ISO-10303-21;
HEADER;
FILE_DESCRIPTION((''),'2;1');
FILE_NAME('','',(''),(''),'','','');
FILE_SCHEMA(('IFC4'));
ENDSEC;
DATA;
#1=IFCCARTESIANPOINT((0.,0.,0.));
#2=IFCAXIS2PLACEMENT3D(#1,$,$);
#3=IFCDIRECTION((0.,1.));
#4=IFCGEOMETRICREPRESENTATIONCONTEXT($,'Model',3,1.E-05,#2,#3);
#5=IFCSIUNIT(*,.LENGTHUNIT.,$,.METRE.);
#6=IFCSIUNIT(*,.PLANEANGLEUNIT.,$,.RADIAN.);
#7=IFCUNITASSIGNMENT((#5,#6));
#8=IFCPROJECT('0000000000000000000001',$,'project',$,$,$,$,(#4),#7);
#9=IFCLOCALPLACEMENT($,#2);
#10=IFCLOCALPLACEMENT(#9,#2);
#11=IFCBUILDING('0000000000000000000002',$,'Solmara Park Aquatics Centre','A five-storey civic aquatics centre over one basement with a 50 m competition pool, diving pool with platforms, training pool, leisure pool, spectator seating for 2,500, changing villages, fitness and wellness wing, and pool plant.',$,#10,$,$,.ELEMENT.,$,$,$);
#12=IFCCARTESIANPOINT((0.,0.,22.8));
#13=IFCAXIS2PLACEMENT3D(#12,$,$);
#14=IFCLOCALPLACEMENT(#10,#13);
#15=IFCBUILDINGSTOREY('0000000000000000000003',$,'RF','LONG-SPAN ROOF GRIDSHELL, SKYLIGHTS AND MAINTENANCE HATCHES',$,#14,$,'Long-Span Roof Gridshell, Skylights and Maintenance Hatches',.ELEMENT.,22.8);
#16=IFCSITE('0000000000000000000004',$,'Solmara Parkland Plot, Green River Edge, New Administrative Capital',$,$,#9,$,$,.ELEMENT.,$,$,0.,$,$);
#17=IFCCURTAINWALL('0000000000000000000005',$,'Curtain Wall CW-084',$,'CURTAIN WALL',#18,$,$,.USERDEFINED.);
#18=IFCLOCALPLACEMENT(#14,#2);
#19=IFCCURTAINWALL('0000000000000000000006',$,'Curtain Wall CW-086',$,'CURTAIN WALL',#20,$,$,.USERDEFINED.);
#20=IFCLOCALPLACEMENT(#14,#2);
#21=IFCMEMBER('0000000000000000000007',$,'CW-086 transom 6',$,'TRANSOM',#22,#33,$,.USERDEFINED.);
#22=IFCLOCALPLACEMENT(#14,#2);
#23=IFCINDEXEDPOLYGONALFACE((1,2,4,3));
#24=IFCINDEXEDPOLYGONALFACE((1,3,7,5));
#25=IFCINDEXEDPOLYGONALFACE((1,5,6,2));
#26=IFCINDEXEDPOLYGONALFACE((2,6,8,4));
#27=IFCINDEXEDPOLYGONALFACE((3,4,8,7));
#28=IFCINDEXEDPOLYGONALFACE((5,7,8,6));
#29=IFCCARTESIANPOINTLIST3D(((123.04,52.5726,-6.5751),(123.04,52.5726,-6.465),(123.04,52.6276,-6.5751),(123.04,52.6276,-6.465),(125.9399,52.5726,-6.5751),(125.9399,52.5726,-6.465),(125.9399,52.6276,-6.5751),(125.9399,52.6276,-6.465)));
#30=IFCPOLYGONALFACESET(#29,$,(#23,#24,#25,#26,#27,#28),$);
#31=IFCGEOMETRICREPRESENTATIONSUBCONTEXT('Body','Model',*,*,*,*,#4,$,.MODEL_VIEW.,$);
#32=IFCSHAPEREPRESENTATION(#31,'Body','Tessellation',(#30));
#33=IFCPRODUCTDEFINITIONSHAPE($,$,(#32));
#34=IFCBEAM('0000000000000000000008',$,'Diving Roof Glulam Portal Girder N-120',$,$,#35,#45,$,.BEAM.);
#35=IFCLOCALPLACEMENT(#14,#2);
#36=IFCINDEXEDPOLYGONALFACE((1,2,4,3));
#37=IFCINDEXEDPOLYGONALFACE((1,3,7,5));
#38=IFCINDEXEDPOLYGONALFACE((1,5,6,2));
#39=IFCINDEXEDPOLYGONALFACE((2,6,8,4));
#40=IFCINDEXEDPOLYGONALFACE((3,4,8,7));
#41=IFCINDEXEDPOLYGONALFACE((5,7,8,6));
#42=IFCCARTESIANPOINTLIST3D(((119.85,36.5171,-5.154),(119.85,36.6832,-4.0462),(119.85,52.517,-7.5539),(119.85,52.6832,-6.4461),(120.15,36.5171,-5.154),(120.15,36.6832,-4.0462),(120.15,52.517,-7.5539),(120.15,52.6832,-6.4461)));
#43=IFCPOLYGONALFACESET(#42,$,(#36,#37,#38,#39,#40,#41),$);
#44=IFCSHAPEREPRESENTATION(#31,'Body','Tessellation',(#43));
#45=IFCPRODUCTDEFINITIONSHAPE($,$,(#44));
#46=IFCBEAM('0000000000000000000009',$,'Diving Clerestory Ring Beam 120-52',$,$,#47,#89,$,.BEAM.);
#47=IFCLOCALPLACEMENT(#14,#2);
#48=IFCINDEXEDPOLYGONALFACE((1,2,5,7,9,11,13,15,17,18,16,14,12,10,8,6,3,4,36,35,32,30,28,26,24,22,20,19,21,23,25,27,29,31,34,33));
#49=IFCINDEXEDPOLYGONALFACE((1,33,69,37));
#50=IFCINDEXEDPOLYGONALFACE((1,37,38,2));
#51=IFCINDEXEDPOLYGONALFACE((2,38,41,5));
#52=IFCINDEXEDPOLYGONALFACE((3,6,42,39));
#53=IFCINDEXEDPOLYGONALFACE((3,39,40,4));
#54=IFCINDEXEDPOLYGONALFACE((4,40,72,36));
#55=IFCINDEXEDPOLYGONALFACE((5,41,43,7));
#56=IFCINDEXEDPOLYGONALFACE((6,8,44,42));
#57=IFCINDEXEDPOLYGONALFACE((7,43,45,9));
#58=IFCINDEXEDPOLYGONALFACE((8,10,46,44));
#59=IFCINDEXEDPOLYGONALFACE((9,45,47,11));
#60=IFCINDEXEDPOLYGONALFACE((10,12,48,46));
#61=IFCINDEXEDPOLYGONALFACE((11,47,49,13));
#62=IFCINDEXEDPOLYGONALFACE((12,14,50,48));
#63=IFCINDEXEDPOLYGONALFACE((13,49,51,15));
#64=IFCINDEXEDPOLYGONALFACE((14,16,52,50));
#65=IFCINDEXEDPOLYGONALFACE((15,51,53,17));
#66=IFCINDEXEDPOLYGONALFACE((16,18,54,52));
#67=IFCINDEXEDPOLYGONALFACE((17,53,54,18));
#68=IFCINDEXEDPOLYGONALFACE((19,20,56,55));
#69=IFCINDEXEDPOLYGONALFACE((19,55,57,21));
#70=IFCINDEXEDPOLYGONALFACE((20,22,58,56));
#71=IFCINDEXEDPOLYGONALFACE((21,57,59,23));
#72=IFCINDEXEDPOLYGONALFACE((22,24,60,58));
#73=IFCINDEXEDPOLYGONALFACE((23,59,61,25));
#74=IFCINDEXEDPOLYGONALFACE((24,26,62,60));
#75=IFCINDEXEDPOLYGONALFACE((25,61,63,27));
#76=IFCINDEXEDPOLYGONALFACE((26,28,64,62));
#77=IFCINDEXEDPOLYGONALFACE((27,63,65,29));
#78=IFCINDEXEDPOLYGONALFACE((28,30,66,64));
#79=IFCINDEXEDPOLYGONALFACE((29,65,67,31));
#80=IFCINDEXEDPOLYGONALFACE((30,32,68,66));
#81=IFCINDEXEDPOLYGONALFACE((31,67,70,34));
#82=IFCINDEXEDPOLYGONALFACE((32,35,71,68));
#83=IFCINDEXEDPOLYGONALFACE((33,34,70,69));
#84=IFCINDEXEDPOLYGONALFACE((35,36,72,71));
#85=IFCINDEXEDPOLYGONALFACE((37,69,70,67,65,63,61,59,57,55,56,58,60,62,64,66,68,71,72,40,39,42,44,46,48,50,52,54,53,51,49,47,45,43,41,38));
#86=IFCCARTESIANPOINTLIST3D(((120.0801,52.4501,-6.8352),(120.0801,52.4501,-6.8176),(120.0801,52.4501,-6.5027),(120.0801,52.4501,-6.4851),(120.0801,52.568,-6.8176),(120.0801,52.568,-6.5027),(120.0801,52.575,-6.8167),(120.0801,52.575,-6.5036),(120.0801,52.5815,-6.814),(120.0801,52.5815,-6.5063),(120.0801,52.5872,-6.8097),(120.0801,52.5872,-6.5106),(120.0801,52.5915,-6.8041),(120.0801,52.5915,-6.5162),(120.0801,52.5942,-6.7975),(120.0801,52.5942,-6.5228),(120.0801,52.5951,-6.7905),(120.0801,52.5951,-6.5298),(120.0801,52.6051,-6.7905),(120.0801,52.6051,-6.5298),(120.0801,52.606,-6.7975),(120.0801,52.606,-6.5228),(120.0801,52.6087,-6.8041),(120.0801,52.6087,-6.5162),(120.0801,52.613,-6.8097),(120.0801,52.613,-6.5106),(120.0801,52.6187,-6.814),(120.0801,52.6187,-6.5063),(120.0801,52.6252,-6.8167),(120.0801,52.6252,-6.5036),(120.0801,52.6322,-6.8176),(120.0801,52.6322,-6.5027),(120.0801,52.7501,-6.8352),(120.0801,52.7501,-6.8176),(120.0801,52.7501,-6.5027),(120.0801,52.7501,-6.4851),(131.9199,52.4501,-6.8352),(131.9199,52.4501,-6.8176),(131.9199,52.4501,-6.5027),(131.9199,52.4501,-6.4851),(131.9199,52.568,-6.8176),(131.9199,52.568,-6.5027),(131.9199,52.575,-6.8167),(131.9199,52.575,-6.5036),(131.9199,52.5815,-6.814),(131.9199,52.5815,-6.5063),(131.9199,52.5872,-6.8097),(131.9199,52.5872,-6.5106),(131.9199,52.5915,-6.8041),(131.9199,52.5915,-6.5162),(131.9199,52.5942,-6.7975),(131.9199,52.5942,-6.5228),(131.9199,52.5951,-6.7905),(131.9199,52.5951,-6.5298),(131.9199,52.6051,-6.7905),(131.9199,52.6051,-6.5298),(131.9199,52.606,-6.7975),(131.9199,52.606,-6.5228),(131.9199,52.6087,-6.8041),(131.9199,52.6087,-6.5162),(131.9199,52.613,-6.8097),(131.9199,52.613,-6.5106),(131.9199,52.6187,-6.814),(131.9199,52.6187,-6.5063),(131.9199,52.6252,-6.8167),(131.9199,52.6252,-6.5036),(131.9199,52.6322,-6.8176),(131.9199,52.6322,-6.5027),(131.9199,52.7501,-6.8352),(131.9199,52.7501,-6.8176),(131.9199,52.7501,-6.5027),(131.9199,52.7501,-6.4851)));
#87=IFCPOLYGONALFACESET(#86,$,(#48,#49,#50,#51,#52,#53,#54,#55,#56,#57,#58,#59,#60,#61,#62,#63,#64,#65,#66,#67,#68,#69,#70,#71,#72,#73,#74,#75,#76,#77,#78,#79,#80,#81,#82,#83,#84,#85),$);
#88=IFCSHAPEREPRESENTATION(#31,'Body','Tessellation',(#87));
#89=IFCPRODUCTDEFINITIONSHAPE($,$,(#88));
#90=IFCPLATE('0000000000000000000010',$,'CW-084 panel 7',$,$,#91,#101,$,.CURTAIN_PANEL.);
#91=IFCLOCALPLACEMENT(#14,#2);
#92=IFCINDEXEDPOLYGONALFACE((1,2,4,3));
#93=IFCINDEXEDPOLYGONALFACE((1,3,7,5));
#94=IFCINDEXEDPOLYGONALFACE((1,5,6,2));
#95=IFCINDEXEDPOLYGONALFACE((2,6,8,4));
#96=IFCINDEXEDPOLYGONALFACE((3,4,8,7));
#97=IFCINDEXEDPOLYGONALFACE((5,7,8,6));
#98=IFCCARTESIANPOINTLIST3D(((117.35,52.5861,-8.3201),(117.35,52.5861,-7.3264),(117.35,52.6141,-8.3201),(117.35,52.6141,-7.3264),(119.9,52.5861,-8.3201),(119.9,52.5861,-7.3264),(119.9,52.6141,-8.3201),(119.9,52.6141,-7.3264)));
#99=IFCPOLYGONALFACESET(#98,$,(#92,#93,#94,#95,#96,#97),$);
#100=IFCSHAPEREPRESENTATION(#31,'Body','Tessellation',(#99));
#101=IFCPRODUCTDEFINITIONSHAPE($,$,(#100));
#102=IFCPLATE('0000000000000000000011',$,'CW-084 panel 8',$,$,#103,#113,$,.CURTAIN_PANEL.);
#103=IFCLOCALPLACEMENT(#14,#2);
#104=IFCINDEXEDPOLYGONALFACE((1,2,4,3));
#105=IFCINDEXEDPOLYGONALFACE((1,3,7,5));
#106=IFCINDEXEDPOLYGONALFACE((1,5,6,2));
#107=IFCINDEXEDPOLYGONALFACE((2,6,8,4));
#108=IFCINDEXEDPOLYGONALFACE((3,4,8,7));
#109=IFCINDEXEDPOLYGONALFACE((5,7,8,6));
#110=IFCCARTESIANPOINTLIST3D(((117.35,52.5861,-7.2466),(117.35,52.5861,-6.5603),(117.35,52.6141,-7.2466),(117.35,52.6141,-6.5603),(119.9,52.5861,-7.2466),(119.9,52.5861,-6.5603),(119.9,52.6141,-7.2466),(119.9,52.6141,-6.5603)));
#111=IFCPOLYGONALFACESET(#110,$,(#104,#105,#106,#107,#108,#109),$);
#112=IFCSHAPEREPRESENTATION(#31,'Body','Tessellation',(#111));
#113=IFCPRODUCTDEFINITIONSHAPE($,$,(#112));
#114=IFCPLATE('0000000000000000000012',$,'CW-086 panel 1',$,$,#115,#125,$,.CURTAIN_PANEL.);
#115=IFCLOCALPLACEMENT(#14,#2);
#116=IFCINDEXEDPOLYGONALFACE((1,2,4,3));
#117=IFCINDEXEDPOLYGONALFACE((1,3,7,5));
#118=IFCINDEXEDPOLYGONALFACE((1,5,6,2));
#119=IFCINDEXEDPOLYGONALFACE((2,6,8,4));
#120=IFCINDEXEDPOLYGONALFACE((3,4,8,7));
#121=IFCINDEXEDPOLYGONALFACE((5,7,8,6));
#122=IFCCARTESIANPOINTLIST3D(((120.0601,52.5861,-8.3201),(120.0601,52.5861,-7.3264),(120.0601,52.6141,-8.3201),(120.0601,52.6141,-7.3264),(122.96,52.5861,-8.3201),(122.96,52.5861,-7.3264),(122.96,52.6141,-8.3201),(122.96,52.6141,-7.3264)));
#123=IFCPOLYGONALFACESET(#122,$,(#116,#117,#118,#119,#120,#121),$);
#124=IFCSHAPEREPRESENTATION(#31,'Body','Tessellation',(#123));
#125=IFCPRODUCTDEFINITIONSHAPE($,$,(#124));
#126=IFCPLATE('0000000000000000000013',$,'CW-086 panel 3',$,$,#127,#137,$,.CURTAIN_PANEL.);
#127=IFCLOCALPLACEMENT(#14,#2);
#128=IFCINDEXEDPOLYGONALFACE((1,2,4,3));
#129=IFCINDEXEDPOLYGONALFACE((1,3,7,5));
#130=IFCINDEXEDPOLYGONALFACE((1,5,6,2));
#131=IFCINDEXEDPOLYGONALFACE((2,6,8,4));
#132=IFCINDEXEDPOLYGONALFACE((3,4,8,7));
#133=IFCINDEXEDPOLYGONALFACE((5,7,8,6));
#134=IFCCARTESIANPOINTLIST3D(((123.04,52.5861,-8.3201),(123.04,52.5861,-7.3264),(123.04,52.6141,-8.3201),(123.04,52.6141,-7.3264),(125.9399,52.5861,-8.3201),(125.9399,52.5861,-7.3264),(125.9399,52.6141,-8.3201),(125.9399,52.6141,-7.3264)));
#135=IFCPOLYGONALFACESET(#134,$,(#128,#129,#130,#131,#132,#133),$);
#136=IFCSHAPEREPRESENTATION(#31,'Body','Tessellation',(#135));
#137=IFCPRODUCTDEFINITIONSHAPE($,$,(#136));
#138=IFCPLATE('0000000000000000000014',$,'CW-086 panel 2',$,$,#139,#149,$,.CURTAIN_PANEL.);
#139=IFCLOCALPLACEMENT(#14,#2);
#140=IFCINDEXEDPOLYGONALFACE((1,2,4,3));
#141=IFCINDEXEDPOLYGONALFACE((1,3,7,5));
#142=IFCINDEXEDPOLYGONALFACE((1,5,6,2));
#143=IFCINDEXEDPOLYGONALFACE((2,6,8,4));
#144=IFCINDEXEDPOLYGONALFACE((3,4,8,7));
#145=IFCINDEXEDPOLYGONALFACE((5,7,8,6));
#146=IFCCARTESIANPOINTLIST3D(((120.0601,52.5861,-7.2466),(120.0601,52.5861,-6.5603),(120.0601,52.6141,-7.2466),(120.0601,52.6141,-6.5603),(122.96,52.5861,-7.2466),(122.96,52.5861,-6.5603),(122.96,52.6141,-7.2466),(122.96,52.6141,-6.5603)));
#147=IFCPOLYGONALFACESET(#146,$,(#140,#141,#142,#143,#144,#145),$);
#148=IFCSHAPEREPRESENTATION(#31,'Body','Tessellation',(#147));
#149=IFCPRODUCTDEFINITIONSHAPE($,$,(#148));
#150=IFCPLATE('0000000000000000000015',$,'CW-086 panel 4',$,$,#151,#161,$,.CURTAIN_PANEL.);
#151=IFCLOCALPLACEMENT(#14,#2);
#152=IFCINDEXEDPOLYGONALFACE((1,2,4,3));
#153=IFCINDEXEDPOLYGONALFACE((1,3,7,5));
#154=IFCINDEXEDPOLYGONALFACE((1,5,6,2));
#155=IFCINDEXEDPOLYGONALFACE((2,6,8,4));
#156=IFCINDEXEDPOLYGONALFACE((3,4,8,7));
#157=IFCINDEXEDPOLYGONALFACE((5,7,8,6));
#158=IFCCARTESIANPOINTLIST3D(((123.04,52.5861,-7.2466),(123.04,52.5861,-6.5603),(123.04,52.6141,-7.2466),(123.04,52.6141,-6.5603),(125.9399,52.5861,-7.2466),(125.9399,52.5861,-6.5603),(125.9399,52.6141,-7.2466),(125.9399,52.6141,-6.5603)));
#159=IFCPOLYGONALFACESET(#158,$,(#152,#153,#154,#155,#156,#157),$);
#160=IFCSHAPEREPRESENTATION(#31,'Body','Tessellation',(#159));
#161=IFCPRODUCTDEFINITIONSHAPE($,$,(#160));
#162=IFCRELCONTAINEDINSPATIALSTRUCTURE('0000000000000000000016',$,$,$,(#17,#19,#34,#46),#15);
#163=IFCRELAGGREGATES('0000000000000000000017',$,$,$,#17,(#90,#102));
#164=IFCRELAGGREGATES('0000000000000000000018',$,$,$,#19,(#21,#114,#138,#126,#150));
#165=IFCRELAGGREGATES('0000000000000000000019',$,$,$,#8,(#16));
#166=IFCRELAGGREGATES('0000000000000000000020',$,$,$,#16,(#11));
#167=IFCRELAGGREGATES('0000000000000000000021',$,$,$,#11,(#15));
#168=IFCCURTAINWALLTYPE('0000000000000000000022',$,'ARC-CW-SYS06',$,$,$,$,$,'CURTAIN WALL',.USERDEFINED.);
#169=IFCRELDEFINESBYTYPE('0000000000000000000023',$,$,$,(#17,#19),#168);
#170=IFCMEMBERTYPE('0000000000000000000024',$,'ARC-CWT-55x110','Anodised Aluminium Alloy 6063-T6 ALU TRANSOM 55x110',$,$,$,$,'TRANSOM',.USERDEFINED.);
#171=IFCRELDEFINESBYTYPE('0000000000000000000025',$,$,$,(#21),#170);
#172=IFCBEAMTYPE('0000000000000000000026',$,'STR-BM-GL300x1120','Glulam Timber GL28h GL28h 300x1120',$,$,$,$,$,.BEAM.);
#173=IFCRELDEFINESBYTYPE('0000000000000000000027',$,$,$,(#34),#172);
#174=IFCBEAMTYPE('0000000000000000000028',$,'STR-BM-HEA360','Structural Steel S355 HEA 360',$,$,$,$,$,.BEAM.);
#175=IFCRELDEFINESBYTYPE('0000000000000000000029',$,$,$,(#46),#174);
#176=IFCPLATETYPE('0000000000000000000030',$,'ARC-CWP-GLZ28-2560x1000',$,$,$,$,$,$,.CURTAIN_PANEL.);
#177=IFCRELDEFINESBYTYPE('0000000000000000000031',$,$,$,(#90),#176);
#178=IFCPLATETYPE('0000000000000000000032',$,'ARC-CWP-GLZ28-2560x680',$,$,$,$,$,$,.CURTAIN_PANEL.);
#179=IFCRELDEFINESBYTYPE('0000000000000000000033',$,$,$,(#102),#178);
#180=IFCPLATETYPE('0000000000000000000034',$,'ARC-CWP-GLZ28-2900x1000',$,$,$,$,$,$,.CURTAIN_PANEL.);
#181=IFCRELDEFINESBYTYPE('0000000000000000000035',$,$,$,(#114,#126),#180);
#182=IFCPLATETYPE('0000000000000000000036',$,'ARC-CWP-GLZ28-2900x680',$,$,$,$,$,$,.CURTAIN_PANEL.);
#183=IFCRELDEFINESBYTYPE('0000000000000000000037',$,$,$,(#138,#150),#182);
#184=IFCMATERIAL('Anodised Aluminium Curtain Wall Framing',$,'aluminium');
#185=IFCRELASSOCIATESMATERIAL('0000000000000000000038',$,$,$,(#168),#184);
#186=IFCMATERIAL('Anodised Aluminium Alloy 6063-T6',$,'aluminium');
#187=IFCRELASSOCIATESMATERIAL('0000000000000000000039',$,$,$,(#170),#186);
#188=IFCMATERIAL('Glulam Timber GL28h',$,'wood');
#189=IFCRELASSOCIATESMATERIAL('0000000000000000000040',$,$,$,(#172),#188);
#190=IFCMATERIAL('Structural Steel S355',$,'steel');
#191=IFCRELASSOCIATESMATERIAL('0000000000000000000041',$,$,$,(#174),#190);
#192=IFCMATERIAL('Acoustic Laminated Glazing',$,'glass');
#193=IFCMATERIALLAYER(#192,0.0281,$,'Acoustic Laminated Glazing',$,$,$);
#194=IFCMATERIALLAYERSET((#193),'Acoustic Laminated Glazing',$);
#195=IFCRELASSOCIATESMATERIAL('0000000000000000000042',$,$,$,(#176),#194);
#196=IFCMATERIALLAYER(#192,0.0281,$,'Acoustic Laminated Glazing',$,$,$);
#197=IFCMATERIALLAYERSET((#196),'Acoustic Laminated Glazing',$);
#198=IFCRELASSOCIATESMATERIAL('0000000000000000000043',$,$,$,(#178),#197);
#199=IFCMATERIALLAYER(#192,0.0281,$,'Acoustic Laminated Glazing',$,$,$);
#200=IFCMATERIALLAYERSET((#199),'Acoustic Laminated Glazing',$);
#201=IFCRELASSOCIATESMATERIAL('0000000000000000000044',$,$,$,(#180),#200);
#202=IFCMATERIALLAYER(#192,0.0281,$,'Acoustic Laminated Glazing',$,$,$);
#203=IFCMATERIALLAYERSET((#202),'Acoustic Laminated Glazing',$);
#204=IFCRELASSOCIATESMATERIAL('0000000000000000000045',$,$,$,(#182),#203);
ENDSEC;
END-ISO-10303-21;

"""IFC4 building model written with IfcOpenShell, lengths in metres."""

from ifc_helpers import new_model, si_unit, direction, frame, origin, origin_2d, place, context, subcontext, project, spatial, rectangle, i_section, extrude, material, layer, layer_set, material_profile, profile_set, type_object, element, aggregate, save


model = new_model("IFC4")

# Units and contexts
model_context = context("Model", 3, precision=1e-05, world=origin(), true_north=direction((0.0, 1.0)))
body_context = subcontext(model_context, "Body", "Model", "MODEL_VIEW")
ifc_project = project(units=[si_unit("LENGTHUNIT", "METRE"), si_unit("PLANEANGLEUNIT", "RADIAN")], contexts=[model_context])

# Site, building, storey
site_placement = place(None, origin())
site = spatial("IfcSite", under=ifc_project, at=site_placement, Name="Solmara Parkland Plot, Green River Edge, New Administrative Capital", CompositionType="ELEMENT", RefElevation=0.0)
building_placement = place(site_placement, origin())
building = spatial("IfcBuilding", under=site, at=building_placement, Name="Solmara Park Aquatics Centre", Description="A five-storey civic aquatics centre over one basement with a 50 m competition pool, diving pool with platforms, training pool, leisure pool, spectator seating for 2,500, changing villages, fitness and wellness wing, and pool plant.", CompositionType="ELEMENT")
storey_placement = place(building_placement, frame((0.0, 0.0, 22.8)))
storey = spatial("IfcBuildingStorey", under=building, at=storey_placement, Name="RF", Description="LONG-SPAN ROOF GRIDSHELL, SKYLIGHTS AND MAINTENANCE HATCHES", LongName="Long-Span Roof Gridshell, Skylights and Maintenance Hatches", CompositionType="ELEMENT", Elevation=22.8)

# Shared definitions
ifc_material_1 = material(Name="Structural Steel S355", Category="steel")

# Curtain wall
ifc_material_2 = material(Name="Anodised Aluminium Curtain Wall Framing", Category="aluminium")
curtain_wall_type = type_object("IfcCurtainWallType", Name="ARC-CW-SYS06", ElementType="CURTAIN WALL", PredefinedType="USERDEFINED", material=ifc_material_2)
curtain_wall_1_placement = place(storey_placement, origin())
curtain_wall_1 = element("IfcCurtainWall", 1, at=curtain_wall_1_placement, inside=storey, type_object=curtain_wall_type, Name="Curtain Wall CW-084", ObjectType="CURTAIN WALL", PredefinedType="USERDEFINED")
ifc_material_3 = material(Name="Anodised Aluminium Alloy 6063-T6", Category="aluminium")

# Curtain wall
curtain_wall_2_placement = place(storey_placement, origin())
curtain_wall_2 = element("IfcCurtainWall", 2, at=curtain_wall_2_placement, inside=storey, type_object=curtain_wall_type, Name="Curtain Wall CW-086", ObjectType="CURTAIN WALL", PredefinedType="USERDEFINED")

# Member
ifc_material_profile_1 = material_profile(ifc_material_3, rectangle(XDim=0.0549, YDim=0.1101, at=origin_2d()), Name="ALU TRANSOM 55x110")
ifc_profile_set_1 = profile_set([ifc_material_profile_1], Name="Anodised Aluminium Alloy 6063-T6")
member_type_1 = type_object("IfcMemberType", Name="ARC-CWT-55x110", Description="Anodised Aluminium Alloy 6063-T6 ALU TRANSOM 55x110", ElementType="TRANSOM", PredefinedType="USERDEFINED", material=ifc_profile_set_1)
member_1_placement = place(storey_placement, frame((123.04, 52.6001, -6.52), z_axis=(1.0, 0.0, 0.0), x_axis=(0.0, 1.0, 0.0)))
member_1 = element("IfcMember", 3, at=member_1_placement, type_object=member_type_1, Name="CW-086 transom 6", ObjectType="TRANSOM", PredefinedType="USERDEFINED", context=body_context, shape_type="SweptSolid", body=[
    extrude(rectangle(XDim=0.0549, YDim=0.1101, at=origin_2d()), origin(), (0.0, 0.0, 1.0), 2.8999),
])

# Beams
ifc_material_4 = material(Name="Glulam Timber GL28h", Category="wood")
ifc_material_profile_2 = material_profile(ifc_material_4, rectangle(XDim=0.3, YDim=1.1201, at=origin_2d()), Name="GL28h 300x1120")
ifc_profile_set_2 = profile_set([ifc_material_profile_2], Name="Glulam Timber GL28h")
beam_type_1 = type_object("IfcBeamType", Name="STR-BM-GL300x1120", Description="Glulam Timber GL28h GL28h 300x1120", PredefinedType="BEAM", material=ifc_profile_set_2)
beam_1_placement = place(storey_placement, frame((120.0, 52.6001, -7.0), z_axis=(0.0, -0.988937, 0.148335), x_axis=(1.0, 0.0, 0.0)))
element("IfcBeam", 4, at=beam_1_placement, inside=storey, type_object=beam_type_1, Name="Diving Roof Glulam Portal Girder N-120", PredefinedType="BEAM", context=body_context, shape_type="SweptSolid", body=[
    extrude(rectangle(XDim=0.3, YDim=1.1201, at=origin_2d()), origin(), (0.0, 0.0, 1.0), 16.179),
])
ifc_material_profile_3 = material_profile(ifc_material_1, i_section(OverallWidth=0.3, OverallDepth=0.3501, WebThickness=0.01, FlangeThickness=0.0176, FilletRadius=0.0271, at=origin_2d()), Name="HEA 360")
ifc_profile_set_3 = profile_set([ifc_material_profile_3], Name="Structural Steel S355")
beam_type_2 = type_object("IfcBeamType", Name="STR-BM-HEA360", Description="Structural Steel S355 HEA 360", PredefinedType="BEAM", material=ifc_profile_set_3)
beam_2_placement = place(storey_placement, frame((120.0801, 52.6001, -6.6602), z_axis=(1.0, 0.0, 0.0), x_axis=(0.0, 1.0, 0.0)))
element("IfcBeam", 5, at=beam_2_placement, inside=storey, type_object=beam_type_2, Name="Diving Clerestory Ring Beam 120-52", PredefinedType="BEAM", context=body_context, shape_type="SweptSolid", body=[
    extrude(i_section(OverallWidth=0.3, OverallDepth=0.3501, WebThickness=0.01, FlangeThickness=0.0176, FilletRadius=0.0271, at=origin_2d()), origin(), (0.0, 0.0, 1.0), 11.8398),
])

# Plates
ifc_material_5 = material(Name="Acoustic Laminated Glazing", Category="glass")
ifc_layer_1 = layer(ifc_material_5, 0.0281, Name="Acoustic Laminated Glazing")
ifc_layer_set_1 = layer_set([ifc_layer_1], Name="Acoustic Laminated Glazing")
plate_type_1 = type_object("IfcPlateType", Name="ARC-CWP-GLZ28-2560x1000", PredefinedType="CURTAIN_PANEL", material=ifc_layer_set_1)
plate_1_placement = place(storey_placement, frame((118.625, 52.6001, -8.3201), z_axis=(0.0, 0.0, 1.0), x_axis=(1.0, 0.0, 0.0)))
plate_1 = element("IfcPlate", 6, at=plate_1_placement, type_object=plate_type_1, Name="CW-084 panel 7", PredefinedType="CURTAIN_PANEL", context=body_context, shape_type="SweptSolid", body=[
    extrude(rectangle(XDim=2.55, YDim=0.0281, at=origin_2d()), origin(), (0.0, 0.0, 1.0), 0.9937),
])
ifc_layer_2 = layer(ifc_material_5, 0.0281, Name="Acoustic Laminated Glazing")
ifc_layer_set_2 = layer_set([ifc_layer_2], Name="Acoustic Laminated Glazing")
plate_type_2 = type_object("IfcPlateType", Name="ARC-CWP-GLZ28-2560x680", PredefinedType="CURTAIN_PANEL", material=ifc_layer_set_2)
plate_2_placement = place(storey_placement, frame((118.625, 52.6001, -7.2466), z_axis=(0.0, 0.0, 1.0), x_axis=(1.0, 0.0, 0.0)))
plate_2 = element("IfcPlate", 7, at=plate_2_placement, type_object=plate_type_2, Name="CW-084 panel 8", PredefinedType="CURTAIN_PANEL", context=body_context, shape_type="SweptSolid", body=[
    extrude(rectangle(XDim=2.55, YDim=0.0281, at=origin_2d()), origin(), (0.0, 0.0, 1.0), 0.6863),
])
aggregate(curtain_wall_1, [plate_1, plate_2])
ifc_layer_3 = layer(ifc_material_5, 0.0281, Name="Acoustic Laminated Glazing")
ifc_layer_set_3 = layer_set([ifc_layer_3], Name="Acoustic Laminated Glazing")
plate_type_3 = type_object("IfcPlateType", Name="ARC-CWP-GLZ28-2900x1000", PredefinedType="CURTAIN_PANEL", material=ifc_layer_set_3)
plate_3_placement = place(storey_placement, frame((121.51, 52.6001, -8.3201), z_axis=(0.0, 0.0, 1.0), x_axis=(1.0, 0.0, 0.0)))
plate_3 = element("IfcPlate", 8, at=plate_3_placement, type_object=plate_type_3, Name="CW-086 panel 1", PredefinedType="CURTAIN_PANEL", context=body_context, shape_type="SweptSolid", body=[
    extrude(rectangle(XDim=2.8999, YDim=0.0281, at=origin_2d()), origin(), (0.0, 0.0, 1.0), 0.9937),
])
plate_4_placement = place(storey_placement, frame((124.49, 52.6001, -8.3201), z_axis=(0.0, 0.0, 1.0), x_axis=(1.0, 0.0, 0.0)))
plate_4 = element("IfcPlate", 9, at=plate_4_placement, type_object=plate_type_3, Name="CW-086 panel 3", PredefinedType="CURTAIN_PANEL", context=body_context, shape_type="SweptSolid", body=[
    extrude(rectangle(XDim=2.8999, YDim=0.0281, at=origin_2d()), origin(), (0.0, 0.0, 1.0), 0.9937),
])
ifc_layer_4 = layer(ifc_material_5, 0.0281, Name="Acoustic Laminated Glazing")
ifc_layer_set_4 = layer_set([ifc_layer_4], Name="Acoustic Laminated Glazing")
plate_type_4 = type_object("IfcPlateType", Name="ARC-CWP-GLZ28-2900x680", PredefinedType="CURTAIN_PANEL", material=ifc_layer_set_4)
plate_5_placement = place(storey_placement, frame((121.51, 52.6001, -7.2466), z_axis=(0.0, 0.0, 1.0), x_axis=(1.0, 0.0, 0.0)))
plate_5 = element("IfcPlate", 10, at=plate_5_placement, type_object=plate_type_4, Name="CW-086 panel 2", PredefinedType="CURTAIN_PANEL", context=body_context, shape_type="SweptSolid", body=[
    extrude(rectangle(XDim=2.8999, YDim=0.0281, at=origin_2d()), origin(), (0.0, 0.0, 1.0), 0.6863),
])
plate_6_placement = place(storey_placement, frame((124.49, 52.6001, -7.2466), z_axis=(0.0, 0.0, 1.0), x_axis=(1.0, 0.0, 0.0)))
plate_6 = element("IfcPlate", 11, at=plate_6_placement, type_object=plate_type_4, Name="CW-086 panel 4", PredefinedType="CURTAIN_PANEL", context=body_context, shape_type="SweptSolid", body=[
    extrude(rectangle(XDim=2.8999, YDim=0.0281, at=origin_2d()), origin(), (0.0, 0.0, 1.0), 0.6863),
])
aggregate(curtain_wall_2, [member_1, plate_3, plate_5, plate_4, plate_6])

save(model, "model.ifc")
